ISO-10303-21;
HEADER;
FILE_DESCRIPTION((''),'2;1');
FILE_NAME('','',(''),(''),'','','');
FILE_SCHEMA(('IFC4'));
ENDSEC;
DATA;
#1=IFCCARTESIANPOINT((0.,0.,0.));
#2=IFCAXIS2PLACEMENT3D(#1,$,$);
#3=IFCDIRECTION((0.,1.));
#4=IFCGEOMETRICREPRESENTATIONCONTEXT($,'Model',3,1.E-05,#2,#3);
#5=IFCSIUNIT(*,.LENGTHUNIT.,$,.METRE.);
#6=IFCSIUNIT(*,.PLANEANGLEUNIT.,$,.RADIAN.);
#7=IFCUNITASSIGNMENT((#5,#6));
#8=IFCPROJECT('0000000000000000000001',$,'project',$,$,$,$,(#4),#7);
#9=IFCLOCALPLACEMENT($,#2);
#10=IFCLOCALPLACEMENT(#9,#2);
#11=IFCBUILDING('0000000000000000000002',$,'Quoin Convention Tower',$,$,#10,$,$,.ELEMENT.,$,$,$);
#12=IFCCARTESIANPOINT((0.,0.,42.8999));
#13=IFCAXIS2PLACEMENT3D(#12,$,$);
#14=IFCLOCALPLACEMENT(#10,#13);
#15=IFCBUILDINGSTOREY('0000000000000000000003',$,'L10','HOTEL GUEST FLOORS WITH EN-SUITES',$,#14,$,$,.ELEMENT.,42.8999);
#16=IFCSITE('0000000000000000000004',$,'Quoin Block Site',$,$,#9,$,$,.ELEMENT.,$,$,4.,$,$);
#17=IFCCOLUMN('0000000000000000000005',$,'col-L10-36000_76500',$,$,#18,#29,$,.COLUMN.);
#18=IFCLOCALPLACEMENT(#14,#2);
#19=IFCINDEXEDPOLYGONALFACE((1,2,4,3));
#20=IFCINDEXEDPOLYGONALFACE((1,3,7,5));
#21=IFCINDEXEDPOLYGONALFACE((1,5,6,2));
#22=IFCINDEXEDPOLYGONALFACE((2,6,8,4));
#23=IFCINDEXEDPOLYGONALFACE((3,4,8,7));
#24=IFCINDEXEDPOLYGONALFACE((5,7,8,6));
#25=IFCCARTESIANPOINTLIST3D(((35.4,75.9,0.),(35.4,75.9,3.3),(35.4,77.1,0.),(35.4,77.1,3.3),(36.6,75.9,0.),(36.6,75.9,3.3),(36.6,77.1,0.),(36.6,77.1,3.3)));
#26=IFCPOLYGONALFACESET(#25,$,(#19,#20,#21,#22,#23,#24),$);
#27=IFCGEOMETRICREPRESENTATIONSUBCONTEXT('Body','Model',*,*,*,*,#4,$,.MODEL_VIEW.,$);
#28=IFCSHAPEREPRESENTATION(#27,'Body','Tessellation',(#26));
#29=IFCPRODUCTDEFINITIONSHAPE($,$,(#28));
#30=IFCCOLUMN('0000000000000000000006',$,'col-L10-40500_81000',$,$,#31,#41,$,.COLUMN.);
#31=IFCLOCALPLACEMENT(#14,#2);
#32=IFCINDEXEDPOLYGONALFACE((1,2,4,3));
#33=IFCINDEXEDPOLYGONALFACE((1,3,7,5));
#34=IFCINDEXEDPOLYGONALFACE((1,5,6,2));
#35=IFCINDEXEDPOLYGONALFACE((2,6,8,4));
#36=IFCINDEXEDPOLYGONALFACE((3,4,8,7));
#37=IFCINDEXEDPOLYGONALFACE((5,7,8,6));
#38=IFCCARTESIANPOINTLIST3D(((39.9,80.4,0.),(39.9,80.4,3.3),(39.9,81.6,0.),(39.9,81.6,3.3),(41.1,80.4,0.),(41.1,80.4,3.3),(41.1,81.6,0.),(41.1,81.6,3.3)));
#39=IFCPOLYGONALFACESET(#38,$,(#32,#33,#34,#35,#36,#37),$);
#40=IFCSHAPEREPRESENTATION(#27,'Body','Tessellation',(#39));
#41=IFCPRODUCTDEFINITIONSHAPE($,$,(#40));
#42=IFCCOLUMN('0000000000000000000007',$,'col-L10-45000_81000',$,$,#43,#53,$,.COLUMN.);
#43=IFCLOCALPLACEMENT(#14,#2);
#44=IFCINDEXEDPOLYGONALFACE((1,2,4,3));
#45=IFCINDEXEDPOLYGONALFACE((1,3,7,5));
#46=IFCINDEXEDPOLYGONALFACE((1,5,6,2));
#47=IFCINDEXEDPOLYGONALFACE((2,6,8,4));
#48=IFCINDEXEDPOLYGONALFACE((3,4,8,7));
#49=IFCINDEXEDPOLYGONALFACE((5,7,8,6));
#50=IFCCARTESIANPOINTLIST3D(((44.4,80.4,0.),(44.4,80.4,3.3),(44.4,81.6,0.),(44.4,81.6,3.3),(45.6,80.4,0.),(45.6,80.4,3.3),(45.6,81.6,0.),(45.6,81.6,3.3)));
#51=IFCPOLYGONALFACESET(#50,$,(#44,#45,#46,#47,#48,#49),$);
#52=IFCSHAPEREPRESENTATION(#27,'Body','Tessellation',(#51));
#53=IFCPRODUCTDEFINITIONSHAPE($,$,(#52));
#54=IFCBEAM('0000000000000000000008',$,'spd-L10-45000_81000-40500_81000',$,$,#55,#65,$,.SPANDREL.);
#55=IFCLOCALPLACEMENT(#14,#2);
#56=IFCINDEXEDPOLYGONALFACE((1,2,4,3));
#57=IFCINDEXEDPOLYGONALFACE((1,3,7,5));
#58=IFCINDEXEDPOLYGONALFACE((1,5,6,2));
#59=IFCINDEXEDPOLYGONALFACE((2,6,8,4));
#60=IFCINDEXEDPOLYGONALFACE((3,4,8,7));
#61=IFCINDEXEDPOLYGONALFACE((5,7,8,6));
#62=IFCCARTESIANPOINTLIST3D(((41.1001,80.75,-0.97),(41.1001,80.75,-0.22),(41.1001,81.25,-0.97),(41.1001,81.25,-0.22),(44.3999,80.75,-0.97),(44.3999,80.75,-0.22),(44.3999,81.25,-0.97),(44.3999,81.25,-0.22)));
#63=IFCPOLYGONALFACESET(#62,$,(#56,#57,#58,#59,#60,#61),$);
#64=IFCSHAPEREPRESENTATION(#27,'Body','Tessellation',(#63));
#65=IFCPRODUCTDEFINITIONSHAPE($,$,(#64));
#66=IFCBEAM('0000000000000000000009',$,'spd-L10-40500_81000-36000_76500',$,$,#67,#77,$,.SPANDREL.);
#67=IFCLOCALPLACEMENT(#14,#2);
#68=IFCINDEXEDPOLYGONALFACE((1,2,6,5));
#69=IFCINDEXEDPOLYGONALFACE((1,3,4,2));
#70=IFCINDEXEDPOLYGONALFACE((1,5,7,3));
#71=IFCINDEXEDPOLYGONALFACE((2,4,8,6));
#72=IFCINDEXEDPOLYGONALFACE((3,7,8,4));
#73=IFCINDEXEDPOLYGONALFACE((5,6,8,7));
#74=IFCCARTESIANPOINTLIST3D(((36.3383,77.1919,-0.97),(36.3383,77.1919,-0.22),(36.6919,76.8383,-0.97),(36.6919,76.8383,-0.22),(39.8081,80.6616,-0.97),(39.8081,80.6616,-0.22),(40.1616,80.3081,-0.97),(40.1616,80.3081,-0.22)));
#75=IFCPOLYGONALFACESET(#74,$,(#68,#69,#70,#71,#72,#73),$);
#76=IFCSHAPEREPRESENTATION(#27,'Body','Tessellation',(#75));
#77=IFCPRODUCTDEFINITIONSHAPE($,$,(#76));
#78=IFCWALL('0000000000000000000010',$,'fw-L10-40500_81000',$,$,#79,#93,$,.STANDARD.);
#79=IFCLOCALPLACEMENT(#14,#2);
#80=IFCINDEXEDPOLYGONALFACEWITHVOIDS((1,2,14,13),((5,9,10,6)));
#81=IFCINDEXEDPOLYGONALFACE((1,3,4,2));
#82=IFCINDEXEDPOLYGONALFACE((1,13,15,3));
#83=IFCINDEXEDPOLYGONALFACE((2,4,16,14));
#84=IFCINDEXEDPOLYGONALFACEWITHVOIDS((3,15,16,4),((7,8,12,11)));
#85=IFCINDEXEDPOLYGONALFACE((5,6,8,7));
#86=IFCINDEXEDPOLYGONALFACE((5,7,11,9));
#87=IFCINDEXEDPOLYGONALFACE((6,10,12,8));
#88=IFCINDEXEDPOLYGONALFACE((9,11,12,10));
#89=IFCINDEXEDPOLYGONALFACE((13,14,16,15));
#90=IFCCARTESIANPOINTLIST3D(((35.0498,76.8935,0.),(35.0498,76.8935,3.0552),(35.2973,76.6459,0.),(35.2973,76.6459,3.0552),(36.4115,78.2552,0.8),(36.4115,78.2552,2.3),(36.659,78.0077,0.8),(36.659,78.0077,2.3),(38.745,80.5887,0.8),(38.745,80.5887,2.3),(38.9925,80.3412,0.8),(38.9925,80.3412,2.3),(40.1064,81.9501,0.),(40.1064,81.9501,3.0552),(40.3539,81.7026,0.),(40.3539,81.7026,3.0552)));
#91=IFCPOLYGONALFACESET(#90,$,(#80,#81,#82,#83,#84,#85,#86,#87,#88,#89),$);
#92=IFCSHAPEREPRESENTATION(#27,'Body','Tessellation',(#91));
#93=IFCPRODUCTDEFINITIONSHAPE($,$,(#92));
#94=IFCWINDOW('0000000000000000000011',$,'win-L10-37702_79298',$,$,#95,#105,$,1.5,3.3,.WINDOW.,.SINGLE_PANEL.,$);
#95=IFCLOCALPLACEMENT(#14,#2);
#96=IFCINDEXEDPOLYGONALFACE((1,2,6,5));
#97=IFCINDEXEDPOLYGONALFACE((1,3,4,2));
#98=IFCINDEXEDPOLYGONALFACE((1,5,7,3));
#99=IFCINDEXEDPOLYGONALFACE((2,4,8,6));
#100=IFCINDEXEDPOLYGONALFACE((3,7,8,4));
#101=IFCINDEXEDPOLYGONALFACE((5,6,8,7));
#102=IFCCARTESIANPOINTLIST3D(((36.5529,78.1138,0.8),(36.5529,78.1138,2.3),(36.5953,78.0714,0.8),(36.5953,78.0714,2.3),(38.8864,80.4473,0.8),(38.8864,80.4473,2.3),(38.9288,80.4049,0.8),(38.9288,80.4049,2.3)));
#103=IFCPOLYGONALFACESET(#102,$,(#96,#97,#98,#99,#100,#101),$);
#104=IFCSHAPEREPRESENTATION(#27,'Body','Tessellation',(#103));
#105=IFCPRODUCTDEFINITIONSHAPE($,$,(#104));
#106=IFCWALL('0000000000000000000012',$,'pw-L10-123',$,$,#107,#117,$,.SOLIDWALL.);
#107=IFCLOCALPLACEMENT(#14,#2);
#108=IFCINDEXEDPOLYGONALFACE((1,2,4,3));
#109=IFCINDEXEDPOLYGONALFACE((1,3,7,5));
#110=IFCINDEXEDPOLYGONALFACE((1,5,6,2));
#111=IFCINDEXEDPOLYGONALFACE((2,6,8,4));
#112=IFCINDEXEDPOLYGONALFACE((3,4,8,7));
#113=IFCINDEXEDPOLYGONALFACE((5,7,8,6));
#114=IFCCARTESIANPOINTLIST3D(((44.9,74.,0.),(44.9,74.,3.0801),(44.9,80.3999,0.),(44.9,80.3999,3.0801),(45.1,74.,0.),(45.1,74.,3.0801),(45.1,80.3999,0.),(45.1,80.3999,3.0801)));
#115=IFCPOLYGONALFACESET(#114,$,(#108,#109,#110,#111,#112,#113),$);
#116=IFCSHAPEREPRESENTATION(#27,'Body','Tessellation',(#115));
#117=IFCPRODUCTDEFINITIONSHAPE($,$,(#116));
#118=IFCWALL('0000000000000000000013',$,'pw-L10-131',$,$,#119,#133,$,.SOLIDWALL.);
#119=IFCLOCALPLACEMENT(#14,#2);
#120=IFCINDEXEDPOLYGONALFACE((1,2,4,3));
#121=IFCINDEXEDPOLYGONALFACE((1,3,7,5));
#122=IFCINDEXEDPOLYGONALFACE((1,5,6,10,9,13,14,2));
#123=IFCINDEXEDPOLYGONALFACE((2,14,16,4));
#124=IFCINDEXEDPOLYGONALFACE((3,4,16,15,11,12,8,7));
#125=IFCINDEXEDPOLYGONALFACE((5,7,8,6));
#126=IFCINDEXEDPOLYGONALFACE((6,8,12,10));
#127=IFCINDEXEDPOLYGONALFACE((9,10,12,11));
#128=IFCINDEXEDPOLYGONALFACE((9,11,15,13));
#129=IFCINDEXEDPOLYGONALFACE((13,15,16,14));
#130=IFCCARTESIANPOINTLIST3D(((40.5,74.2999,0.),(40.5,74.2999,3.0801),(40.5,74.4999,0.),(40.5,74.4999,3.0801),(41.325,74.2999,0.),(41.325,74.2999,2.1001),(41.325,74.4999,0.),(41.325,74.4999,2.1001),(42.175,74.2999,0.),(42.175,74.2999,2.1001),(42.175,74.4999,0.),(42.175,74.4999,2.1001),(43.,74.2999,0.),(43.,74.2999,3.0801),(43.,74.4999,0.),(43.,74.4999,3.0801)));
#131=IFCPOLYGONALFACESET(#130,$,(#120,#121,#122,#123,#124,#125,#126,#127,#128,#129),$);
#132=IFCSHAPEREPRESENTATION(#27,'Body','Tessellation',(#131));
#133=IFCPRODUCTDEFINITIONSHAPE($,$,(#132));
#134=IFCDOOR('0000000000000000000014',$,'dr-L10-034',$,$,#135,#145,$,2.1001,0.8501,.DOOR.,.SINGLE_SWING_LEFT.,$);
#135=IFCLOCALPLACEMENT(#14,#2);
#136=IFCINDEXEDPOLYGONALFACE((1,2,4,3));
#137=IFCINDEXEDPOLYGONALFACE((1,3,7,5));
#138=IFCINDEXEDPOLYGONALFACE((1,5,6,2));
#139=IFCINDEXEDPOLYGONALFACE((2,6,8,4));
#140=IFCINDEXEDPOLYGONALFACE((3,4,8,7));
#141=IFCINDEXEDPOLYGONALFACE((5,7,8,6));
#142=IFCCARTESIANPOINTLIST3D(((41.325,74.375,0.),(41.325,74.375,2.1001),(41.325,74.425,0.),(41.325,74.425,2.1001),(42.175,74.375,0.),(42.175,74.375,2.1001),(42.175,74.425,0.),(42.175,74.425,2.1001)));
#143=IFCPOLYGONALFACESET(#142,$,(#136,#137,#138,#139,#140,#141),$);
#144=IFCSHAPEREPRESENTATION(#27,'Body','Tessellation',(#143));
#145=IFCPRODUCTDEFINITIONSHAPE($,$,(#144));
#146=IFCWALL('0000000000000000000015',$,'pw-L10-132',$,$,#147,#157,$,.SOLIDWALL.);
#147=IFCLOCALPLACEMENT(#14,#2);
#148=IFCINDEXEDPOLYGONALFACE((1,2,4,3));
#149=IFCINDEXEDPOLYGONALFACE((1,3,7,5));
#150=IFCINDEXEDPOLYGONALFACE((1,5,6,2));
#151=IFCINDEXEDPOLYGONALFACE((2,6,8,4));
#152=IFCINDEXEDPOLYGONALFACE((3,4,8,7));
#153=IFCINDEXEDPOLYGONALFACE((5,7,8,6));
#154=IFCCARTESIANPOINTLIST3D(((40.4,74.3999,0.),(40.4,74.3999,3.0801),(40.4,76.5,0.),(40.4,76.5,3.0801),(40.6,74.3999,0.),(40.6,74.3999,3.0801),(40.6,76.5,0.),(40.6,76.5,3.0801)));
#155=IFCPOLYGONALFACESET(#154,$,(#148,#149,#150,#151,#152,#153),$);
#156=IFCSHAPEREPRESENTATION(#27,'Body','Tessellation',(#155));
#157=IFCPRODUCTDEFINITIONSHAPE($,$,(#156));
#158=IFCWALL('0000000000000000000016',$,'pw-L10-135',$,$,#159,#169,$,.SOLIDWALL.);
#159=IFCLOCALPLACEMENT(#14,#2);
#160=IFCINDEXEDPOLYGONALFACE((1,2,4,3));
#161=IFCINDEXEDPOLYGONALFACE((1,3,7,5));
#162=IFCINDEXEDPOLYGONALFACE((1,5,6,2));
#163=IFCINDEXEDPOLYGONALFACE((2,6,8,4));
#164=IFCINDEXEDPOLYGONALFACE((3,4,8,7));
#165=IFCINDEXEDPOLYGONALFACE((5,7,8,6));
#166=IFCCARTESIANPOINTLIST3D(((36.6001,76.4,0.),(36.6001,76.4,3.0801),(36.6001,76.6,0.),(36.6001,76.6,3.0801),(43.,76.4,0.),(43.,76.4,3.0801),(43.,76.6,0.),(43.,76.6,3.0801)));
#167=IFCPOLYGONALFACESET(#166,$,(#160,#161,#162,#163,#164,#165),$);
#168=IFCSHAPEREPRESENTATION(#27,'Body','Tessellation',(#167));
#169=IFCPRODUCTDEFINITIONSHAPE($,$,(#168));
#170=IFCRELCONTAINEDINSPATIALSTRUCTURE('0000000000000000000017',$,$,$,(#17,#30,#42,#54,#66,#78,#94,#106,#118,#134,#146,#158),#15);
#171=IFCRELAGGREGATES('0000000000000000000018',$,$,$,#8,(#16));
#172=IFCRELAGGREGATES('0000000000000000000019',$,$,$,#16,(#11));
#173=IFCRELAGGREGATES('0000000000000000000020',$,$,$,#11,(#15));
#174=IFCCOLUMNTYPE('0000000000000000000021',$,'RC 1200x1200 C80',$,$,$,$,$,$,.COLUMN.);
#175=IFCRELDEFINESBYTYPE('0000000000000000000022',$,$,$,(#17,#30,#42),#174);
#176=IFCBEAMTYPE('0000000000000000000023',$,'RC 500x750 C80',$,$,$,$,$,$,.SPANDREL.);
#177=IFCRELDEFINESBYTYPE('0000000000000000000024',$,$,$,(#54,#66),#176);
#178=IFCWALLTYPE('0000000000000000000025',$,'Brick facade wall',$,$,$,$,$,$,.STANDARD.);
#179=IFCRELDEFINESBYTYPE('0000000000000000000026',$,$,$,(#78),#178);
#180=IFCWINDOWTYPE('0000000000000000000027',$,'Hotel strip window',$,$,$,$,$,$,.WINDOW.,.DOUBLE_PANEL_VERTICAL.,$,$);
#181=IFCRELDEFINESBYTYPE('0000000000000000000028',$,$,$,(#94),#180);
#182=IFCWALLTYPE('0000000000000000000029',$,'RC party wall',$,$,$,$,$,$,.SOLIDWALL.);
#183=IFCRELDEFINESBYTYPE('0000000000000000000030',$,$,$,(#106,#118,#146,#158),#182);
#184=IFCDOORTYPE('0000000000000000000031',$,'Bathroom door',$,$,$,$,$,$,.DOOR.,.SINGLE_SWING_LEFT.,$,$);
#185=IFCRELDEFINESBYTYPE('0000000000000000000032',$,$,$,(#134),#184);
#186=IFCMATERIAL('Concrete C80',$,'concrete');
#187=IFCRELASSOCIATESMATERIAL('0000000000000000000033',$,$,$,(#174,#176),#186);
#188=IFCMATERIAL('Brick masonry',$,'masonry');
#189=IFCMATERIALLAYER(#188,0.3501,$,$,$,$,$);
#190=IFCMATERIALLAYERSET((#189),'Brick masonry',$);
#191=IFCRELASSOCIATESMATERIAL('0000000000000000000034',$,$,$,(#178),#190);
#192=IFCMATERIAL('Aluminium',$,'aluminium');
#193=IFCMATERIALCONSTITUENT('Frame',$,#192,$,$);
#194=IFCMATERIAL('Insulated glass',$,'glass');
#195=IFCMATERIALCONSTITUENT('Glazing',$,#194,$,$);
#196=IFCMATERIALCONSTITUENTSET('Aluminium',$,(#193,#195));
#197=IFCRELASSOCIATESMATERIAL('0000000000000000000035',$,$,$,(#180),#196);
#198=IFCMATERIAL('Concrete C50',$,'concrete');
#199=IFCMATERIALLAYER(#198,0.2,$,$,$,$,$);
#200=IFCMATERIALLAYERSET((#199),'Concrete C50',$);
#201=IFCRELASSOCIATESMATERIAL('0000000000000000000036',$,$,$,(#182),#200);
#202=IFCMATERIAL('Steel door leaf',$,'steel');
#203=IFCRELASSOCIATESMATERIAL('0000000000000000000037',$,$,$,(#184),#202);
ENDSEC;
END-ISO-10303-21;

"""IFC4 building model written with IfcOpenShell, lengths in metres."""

from ifc_helpers import new_model, si_unit, direction, frame, frame_2d, origin, origin_2d, place, context, subcontext, project, spatial, rectangle, extrude, material, layer, layer_set, constituent, constituent_set, material_profile, profile_set, type_object, element, fill, save


model = new_model("IFC4")

# Units and contexts
model_context = context("Model", 3, precision=1e-05, world=origin(), true_north=direction((0.0, 1.0)))
body_context = subcontext(model_context, "Body", "Model", "MODEL_VIEW")
ifc_project = project(units=[si_unit("LENGTHUNIT", "METRE"), si_unit("PLANEANGLEUNIT", "RADIAN")], contexts=[model_context])

# Site, building, storey
site_placement = place(None, origin())
site = spatial("IfcSite", under=ifc_project, at=site_placement, Name="Quoin Block Site", CompositionType="ELEMENT", RefElevation=4.0)
building_placement = place(site_placement, origin())
building = spatial("IfcBuilding", under=site, at=building_placement, Name="Quoin Convention Tower", CompositionType="ELEMENT")
storey_placement = place(building_placement, frame((0.0, 0.0, 42.8999)))
storey = spatial("IfcBuildingStorey", under=building, at=storey_placement, Name="L10", Description="HOTEL GUEST FLOORS WITH EN-SUITES", CompositionType="ELEMENT", Elevation=42.8999)

# Columns
ifc_material_1 = material(Name="Concrete C80", Category="concrete")
ifc_material_profile_1 = material_profile(ifc_material_1, rectangle(XDim=1.2, YDim=1.2, at=origin_2d()), Name="RC 1200x1200")
ifc_profile_set_1 = profile_set([ifc_material_profile_1], Name="Concrete C80")
column_type = type_object("IfcColumnType", Name="RC 1200x1200 C80", PredefinedType="COLUMN", material=ifc_profile_set_1)
for number, where, z_axis, x_axis, name in (
    (1, (36.0, 76.5, 0.0), (0.0, 0.0, 1.0), (1.0, 0.0, 0.0), "col-L10-36000_76500"),
    (2, (40.5, 81.0, 0.0), (0.0, 0.0, 1.0), (1.0, 0.0, 0.0), "col-L10-40500_81000"),
    (3, (45.0, 81.0, 0.0), (0.0, 0.0, 1.0), (1.0, 0.0, 0.0), "col-L10-45000_81000"),
):
    element("IfcColumn", number, at=place(storey_placement, frame(where, z_axis=z_axis, x_axis=x_axis)), inside=storey, type_object=column_type, Name=name, PredefinedType="COLUMN", context=body_context, shape_type="SweptSolid", body=[
        extrude(rectangle(XDim=1.2, YDim=1.2, at=origin_2d()), origin(), (0.0, 0.0, 1.0), 3.3),
    ])

# Beams
ifc_material_profile_2 = material_profile(ifc_material_1, rectangle(XDim=0.5, YDim=0.75, at=origin_2d()), Name="RC 500x750")
ifc_profile_set_2 = profile_set([ifc_material_profile_2], Name="Concrete C80")
beam_type = type_object("IfcBeamType", Name="RC 500x750 C80", PredefinedType="SPANDREL", material=ifc_profile_set_2)
beam_1_placement = place(storey_placement, frame((44.3999, 81.0, -0.595), z_axis=(-1.0, 0.0, 0.0), x_axis=(0.0, -1.0, 0.0)))
element("IfcBeam", 4, at=beam_1_placement, inside=storey, type_object=beam_type, Name="spd-L10-45000_81000-40500_81000", PredefinedType="SPANDREL", context=body_context, shape_type="SweptSolid", body=[
    extrude(rectangle(XDim=0.5, YDim=0.75, at=origin_2d()), origin(), (0.0, 0.0, 1.0), 3.2998),
])
beam_2_placement = place(storey_placement, frame((39.9849, 80.4849, -0.595), z_axis=(-0.707107, -0.707107, 0.0), x_axis=(0.707107, -0.707107, 0.0)))
element("IfcBeam", 5, at=beam_2_placement, inside=storey, type_object=beam_type, Name="spd-L10-40500_81000-36000_76500", PredefinedType="SPANDREL", context=body_context, shape_type="SweptSolid", body=[
    extrude(rectangle(XDim=0.5, YDim=0.75, at=origin_2d()), origin(), (0.0, 0.0, 1.0), 4.907),
])

# Wall, opening, window
ifc_material_2 = material(Name="Brick masonry", Category="masonry")
ifc_layer_1 = layer(ifc_material_2, 0.3501)
ifc_layer_set_1 = layer_set([ifc_layer_1], Name="Brick masonry")
wall_type_1 = type_object("IfcWallType", Name="Brick facade wall", PredefinedType="STANDARD", material=ifc_layer_set_1)
wall_1_placement = place(storey_placement, frame((40.2302, 81.8264, 0.0), z_axis=(0.0, 0.0, 1.0), x_axis=(-0.707107, -0.707107, 0.0)))
wall_1 = element("IfcWall", 6, at=wall_1_placement, inside=storey, type_object=wall_type_1, Name="fw-L10-40500_81000", PredefinedType="STANDARD", context=body_context, shape_type="SweptSolid", body=[
    extrude(rectangle(XDim=7.1511, YDim=0.3501, at=frame_2d((3.5757, 0.0))), origin(), (0.0, 0.0, 1.0), 3.0552),
])
opening_1_placement = place(wall_1_placement, frame((1.9255, 0.0, 0.8)))
opening_1 = element("IfcOpeningElement", 7, at=opening_1_placement, cuts=wall_1, PredefinedType="OPENING", context=body_context, shape_type="SweptSolid", body=[
    extrude(rectangle(XDim=3.3, YDim=1.5, at=frame_2d((1.6499, 0.75))), frame((0.0, 0.1851, 0.0), z_axis=(0.0, -1.0, 0.0), x_axis=(1.0, 0.0, 0.0)), (0.0, 0.0, 1.0), 0.3701),
])
ifc_material_3 = material(Name="Aluminium", Category="aluminium")
ifc_constituent_1 = constituent(ifc_material_3, Name="Frame")
ifc_material_4 = material(Name="Insulated glass", Category="glass")
ifc_constituent_2 = constituent(ifc_material_4, Name="Glazing")
ifc_constituent_set = constituent_set(constituents=[ifc_constituent_1, ifc_constituent_2], Name="Aluminium")
window_type = type_object("IfcWindowType", Name="Hotel strip window", PartitioningType="DOUBLE_PANEL_VERTICAL", PredefinedType="WINDOW", material=ifc_constituent_set)
window_placement = place(opening_1_placement, origin())
window = element("IfcWindow", 8, at=window_placement, inside=storey, type_object=window_type, Name="win-L10-37702_79298", OverallHeight=1.5, OverallWidth=3.3, PartitioningType="SINGLE_PANEL", PredefinedType="WINDOW", context=body_context, shape_type="SweptSolid", body=[
    extrude(rectangle(XDim=3.3, YDim=1.5, at=frame_2d((1.6499, 0.75))), frame((0.0, 0.085, 0.0), z_axis=(0.0, -1.0, 0.0), x_axis=(1.0, 0.0, 0.0)), (0.0, 0.0, 1.0), 0.0601),
])
fill(opening_1, window)

# Wall
ifc_material_5 = material(Name="Concrete C50", Category="concrete")
ifc_layer_2 = layer(ifc_material_5, 0.2)
ifc_layer_set_2 = layer_set([ifc_layer_2], Name="Concrete C50")
wall_type_2 = type_object("IfcWallType", Name="RC party wall", PredefinedType="SOLIDWALL", material=ifc_layer_set_2)
wall_2_placement = place(storey_placement, frame((45.0, 74.0, 0.0), z_axis=(0.0, 0.0, 1.0), x_axis=(0.0, 1.0, 0.0)))
element("IfcWall", 9, at=wall_2_placement, inside=storey, type_object=wall_type_2, Name="pw-L10-123", PredefinedType="SOLIDWALL", context=body_context, shape_type="SweptSolid", body=[
    extrude(rectangle(XDim=6.3999, YDim=0.2, at=frame_2d((3.2, 0.0))), origin(), (0.0, 0.0, 1.0), 3.0801),
])

# Wall, opening, door
wall_3_placement = place(storey_placement, frame((40.5, 74.3999, 0.0), z_axis=(0.0, 0.0, 1.0), x_axis=(1.0, 0.0, 0.0)))
wall_3 = element("IfcWall", 10, at=wall_3_placement, inside=storey, type_object=wall_type_2, Name="pw-L10-131", PredefinedType="SOLIDWALL", context=body_context, shape_type="SweptSolid", body=[
    extrude(rectangle(XDim=2.5, YDim=0.2, at=frame_2d((1.25, 0.0))), origin(), (0.0, 0.0, 1.0), 3.0801),
])
opening_2_placement = place(wall_3_placement, frame((0.825, 0.0, 0.0)))
opening_2 = element("IfcOpeningElement", 11, at=opening_2_placement, cuts=wall_3, PredefinedType="OPENING", context=body_context, shape_type="SweptSolid", body=[
    extrude(rectangle(XDim=0.8501, YDim=2.1001, at=frame_2d((0.425, 1.05))), frame((0.0, 0.1099, 0.0), z_axis=(0.0, -1.0, 0.0), x_axis=(1.0, 0.0, 0.0)), (0.0, 0.0, 1.0), 0.22),
])
ifc_material_6 = material(Name="Steel door leaf", Category="steel")
door_type = type_object("IfcDoorType", Name="Bathroom door", OperationType="SINGLE_SWING_LEFT", PredefinedType="DOOR", material=ifc_material_6)
door_1_placement = place(opening_2_placement, frame((0.8501, 0.0, 0.0), z_axis=(0.0, 0.0, 1.0), x_axis=(-1.0, 0.0, 0.0)))
door_1 = element("IfcDoor", 12, at=door_1_placement, inside=storey, type_object=door_type, Name="dr-L10-034", OperationType="SINGLE_SWING_LEFT", OverallHeight=2.1001, OverallWidth=0.8501, PredefinedType="DOOR", context=body_context, shape_type="SweptSolid", body=[
    extrude(rectangle(XDim=0.8501, YDim=2.1001, at=frame_2d((0.425, 1.05))), frame((0.0, 0.0249, 0.0), z_axis=(0.0, -1.0, 0.0), x_axis=(1.0, 0.0, 0.0)), (0.0, 0.0, 1.0), 0.05),
])
fill(opening_2, door_1)

# Walls
wall_4_placement = place(storey_placement, frame((40.5, 74.3999, 0.0), z_axis=(0.0, 0.0, 1.0), x_axis=(0.0, 1.0, 0.0)))
element("IfcWall", 13, at=wall_4_placement, inside=storey, type_object=wall_type_2, Name="pw-L10-132", PredefinedType="SOLIDWALL", context=body_context, shape_type="SweptSolid", body=[
    extrude(rectangle(XDim=2.1001, YDim=0.2, at=frame_2d((1.05, 0.0))), origin(), (0.0, 0.0, 1.0), 3.0801),
])
wall_5_placement = place(storey_placement, frame((36.6001, 76.5, 0.0), z_axis=(0.0, 0.0, 1.0), x_axis=(1.0, 0.0, 0.0)))
element("IfcWall", 14, at=wall_5_placement, inside=storey, type_object=wall_type_2, Name="pw-L10-135", PredefinedType="SOLIDWALL", context=body_context, shape_type="SweptSolid", body=[
    extrude(rectangle(XDim=6.3999, YDim=0.2, at=frame_2d((3.2, 0.0))), origin(), (0.0, 0.0, 1.0), 3.0801),
])

save(model, "model.ifc")
